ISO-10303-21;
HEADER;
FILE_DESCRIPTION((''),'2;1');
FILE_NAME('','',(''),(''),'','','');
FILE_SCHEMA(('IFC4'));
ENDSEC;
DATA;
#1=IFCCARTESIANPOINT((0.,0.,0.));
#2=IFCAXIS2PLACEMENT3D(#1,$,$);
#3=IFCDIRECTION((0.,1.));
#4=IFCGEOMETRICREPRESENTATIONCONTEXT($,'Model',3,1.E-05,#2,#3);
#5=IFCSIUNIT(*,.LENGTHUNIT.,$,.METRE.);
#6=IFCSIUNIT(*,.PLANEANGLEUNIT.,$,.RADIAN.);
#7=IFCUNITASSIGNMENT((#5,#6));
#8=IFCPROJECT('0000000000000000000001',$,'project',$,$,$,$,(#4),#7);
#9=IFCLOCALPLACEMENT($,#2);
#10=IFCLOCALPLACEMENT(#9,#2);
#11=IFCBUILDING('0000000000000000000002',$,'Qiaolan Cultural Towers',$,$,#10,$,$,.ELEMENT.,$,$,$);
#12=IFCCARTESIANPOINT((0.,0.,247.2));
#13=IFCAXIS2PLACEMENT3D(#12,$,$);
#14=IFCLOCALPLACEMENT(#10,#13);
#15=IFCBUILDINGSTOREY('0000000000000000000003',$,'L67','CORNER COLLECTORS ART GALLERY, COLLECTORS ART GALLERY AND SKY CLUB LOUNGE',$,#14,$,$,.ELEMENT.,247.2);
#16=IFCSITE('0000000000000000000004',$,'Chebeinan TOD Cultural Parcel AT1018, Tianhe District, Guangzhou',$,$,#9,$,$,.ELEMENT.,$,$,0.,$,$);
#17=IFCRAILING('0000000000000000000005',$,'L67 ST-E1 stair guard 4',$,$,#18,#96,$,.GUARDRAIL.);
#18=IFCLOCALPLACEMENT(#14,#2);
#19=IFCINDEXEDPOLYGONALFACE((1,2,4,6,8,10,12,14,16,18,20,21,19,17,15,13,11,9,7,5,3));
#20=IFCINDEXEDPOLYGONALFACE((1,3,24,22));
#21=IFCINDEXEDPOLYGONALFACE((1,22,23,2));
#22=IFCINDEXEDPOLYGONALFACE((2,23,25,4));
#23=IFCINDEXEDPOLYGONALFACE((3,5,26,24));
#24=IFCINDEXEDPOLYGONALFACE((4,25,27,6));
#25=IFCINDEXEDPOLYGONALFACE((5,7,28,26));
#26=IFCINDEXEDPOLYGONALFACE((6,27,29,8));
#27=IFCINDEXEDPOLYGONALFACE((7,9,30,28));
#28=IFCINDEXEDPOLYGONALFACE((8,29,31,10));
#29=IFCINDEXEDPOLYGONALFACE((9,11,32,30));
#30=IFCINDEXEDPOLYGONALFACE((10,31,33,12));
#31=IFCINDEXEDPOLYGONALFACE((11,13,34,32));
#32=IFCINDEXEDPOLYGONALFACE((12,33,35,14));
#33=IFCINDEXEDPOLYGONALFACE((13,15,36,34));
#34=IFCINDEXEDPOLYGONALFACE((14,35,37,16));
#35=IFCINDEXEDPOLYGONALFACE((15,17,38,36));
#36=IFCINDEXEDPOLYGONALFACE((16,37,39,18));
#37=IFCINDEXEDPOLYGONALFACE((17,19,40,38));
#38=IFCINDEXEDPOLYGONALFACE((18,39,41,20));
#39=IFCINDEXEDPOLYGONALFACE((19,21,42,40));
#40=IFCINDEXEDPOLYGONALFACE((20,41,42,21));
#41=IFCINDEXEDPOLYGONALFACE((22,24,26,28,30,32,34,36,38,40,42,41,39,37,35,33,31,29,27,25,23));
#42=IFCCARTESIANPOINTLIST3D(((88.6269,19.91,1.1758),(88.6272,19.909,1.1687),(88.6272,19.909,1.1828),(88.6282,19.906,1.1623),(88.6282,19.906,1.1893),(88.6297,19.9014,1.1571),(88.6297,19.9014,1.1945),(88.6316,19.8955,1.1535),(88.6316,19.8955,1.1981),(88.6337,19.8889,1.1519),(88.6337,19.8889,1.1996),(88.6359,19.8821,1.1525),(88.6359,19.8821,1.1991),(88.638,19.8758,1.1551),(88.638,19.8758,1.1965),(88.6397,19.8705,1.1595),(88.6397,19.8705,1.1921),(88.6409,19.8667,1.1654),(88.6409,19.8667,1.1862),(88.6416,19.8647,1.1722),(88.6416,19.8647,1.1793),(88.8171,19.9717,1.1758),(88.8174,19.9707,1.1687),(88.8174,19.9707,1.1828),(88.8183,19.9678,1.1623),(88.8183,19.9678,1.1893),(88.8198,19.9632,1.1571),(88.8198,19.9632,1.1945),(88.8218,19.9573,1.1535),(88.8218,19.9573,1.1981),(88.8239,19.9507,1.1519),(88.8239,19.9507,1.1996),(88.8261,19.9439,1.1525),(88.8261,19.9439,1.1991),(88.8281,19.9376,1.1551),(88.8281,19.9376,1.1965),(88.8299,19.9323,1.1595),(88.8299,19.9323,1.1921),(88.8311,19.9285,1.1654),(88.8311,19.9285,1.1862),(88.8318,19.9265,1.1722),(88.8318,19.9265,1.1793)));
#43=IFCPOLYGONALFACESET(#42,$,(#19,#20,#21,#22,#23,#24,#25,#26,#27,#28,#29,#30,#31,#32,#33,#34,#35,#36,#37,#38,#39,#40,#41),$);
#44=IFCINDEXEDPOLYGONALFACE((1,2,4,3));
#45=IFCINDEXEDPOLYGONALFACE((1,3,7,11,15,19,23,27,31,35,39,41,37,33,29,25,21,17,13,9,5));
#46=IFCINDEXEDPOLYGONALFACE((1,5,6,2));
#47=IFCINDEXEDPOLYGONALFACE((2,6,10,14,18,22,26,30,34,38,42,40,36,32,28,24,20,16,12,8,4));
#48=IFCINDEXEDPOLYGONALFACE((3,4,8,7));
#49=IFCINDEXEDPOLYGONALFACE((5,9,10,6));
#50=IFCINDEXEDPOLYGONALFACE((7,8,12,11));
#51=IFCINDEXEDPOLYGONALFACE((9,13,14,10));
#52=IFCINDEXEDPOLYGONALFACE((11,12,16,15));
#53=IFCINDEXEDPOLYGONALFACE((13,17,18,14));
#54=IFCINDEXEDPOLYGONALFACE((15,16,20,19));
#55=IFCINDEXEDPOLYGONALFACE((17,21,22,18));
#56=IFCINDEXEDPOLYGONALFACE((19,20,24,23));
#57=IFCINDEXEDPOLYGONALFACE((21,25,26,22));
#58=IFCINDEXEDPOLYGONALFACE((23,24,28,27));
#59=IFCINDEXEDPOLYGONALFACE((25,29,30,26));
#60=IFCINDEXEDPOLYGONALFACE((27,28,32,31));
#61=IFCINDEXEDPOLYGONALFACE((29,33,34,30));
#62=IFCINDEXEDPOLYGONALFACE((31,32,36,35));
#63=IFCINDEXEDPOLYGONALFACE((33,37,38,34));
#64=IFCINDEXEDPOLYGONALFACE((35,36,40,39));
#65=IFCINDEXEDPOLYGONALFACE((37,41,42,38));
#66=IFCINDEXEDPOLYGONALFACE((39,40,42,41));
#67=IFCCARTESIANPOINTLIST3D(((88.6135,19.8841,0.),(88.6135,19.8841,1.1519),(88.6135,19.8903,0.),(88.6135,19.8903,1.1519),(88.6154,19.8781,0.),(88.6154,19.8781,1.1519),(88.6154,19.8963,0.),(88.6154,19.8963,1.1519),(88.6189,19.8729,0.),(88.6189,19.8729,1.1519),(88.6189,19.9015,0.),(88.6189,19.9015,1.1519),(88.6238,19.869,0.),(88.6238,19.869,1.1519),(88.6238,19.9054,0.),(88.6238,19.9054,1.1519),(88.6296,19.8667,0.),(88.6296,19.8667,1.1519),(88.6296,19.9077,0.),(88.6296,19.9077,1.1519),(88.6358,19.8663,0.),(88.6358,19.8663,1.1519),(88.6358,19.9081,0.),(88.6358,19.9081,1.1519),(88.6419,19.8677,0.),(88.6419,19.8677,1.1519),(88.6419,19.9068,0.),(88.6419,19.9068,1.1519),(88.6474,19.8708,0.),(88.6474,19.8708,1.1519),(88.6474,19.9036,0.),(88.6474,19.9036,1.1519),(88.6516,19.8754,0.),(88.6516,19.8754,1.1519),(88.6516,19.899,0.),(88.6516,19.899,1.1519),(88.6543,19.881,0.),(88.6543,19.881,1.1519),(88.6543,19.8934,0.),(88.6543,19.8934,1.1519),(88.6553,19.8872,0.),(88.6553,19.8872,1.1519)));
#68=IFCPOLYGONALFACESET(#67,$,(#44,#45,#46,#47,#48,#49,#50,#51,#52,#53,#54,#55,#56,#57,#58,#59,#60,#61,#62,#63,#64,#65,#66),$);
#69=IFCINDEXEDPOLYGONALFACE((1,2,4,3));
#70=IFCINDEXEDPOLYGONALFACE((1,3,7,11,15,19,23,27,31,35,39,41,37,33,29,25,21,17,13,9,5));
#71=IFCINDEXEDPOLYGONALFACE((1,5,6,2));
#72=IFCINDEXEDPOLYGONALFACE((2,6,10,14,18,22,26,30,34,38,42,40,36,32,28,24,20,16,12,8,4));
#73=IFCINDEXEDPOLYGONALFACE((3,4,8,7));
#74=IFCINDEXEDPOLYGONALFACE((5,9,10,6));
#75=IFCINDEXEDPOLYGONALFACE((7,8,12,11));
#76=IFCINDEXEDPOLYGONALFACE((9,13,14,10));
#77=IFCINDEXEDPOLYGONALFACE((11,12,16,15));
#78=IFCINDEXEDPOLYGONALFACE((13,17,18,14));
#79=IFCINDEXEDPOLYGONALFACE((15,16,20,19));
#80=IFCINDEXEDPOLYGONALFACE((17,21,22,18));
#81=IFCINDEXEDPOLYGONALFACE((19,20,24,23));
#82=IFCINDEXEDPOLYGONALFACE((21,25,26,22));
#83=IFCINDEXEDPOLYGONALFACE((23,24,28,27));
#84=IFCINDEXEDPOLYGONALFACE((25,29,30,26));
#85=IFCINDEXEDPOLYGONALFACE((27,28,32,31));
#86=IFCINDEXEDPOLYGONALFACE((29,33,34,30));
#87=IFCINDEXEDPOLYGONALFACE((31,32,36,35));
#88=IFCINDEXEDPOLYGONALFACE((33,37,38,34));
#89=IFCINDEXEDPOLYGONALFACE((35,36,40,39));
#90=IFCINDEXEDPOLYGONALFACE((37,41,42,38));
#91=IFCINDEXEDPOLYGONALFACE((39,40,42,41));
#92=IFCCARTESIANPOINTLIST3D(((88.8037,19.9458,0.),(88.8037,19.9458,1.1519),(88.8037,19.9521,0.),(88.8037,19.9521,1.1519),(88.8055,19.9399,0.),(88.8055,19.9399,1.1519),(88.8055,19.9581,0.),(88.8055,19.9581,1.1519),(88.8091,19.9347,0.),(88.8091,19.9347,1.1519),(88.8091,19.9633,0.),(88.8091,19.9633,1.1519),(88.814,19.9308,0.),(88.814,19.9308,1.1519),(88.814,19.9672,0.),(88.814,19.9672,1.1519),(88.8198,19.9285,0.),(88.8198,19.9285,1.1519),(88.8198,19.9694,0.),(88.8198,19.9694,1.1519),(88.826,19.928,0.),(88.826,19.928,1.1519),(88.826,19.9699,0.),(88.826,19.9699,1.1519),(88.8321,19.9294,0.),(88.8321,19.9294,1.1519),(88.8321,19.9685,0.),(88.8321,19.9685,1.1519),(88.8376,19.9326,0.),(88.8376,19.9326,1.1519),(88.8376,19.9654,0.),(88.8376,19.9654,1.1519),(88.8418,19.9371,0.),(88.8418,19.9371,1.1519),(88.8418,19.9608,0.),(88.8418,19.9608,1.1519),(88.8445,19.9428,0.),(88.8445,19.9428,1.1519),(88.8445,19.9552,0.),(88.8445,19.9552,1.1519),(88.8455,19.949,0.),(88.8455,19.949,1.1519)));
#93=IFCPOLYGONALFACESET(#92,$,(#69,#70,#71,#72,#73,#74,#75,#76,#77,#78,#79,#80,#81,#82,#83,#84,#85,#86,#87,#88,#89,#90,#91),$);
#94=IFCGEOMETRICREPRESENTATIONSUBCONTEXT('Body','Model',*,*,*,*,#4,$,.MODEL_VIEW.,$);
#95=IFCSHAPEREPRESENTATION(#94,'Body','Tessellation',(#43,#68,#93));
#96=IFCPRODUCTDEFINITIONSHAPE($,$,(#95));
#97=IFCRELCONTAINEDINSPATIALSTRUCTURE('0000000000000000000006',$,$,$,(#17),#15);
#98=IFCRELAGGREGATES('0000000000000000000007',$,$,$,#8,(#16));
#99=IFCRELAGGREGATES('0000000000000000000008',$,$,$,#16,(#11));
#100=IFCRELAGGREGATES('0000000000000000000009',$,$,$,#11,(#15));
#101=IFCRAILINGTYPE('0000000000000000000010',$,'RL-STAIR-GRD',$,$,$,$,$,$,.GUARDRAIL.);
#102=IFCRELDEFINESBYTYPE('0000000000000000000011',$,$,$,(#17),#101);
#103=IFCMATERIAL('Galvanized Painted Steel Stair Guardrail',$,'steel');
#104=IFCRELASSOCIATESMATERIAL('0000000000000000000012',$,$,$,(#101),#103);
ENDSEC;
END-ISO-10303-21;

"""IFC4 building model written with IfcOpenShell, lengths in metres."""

from ifc_helpers import new_model, si_unit, direction, frame, origin, origin_2d, place, context, subcontext, project, spatial, circle, extrude, material, type_object, element, save


model = new_model("IFC4")

# Units and contexts
model_context = context("Model", 3, precision=1e-05, world=origin(), true_north=direction((0.0, 1.0)))
body_context = subcontext(model_context, "Body", "Model", "MODEL_VIEW")
ifc_project = project(units=[si_unit("LENGTHUNIT", "METRE"), si_unit("PLANEANGLEUNIT", "RADIAN")], contexts=[model_context])

# Site, building, storey
site_placement = place(None, origin())
site = spatial("IfcSite", under=ifc_project, at=site_placement, Name="Chebeinan TOD Cultural Parcel AT1018, Tianhe District, Guangzhou", CompositionType="ELEMENT", RefElevation=0.0)
building_placement = place(site_placement, origin())
building = spatial("IfcBuilding", under=site, at=building_placement, Name="Qiaolan Cultural Towers", CompositionType="ELEMENT")
storey_placement = place(building_placement, frame((0.0, 0.0, 247.2)))
storey = spatial("IfcBuildingStorey", under=building, at=storey_placement, Name="L67", Description="CORNER COLLECTORS ART GALLERY, COLLECTORS ART GALLERY AND SKY CLUB LOUNGE", CompositionType="ELEMENT", Elevation=247.2)

# Railing
ifc_material_1 = material(Name="Galvanized Painted Steel Stair Guardrail", Category="steel")
railing_type_1 = type_object("IfcRailingType", Name="RL-STAIR-GRD", PredefinedType="GUARDRAIL", material=ifc_material_1)
railing_1_placement = place(storey_placement, frame((88.6343, 19.8872, 0.0)))
element("IfcRailing", 1, at=railing_1_placement, inside=storey, type_object=railing_type_1, Name="L67 ST-E1 stair guard 4", PredefinedType="GUARDRAIL", context=body_context, shape_type="SweptSolid", body=[
    extrude(circle(Radius=0.0239, at=origin_2d()), frame((0.0, 0.0, 1.1758), z_axis=(0.951097, 0.308893, 0.0), x_axis=(-0.308893, 0.951097, 0.0)), (0.0, 0.0, 1.0), 0.2),
    extrude(circle(Radius=0.021, at=origin_2d()), origin(), (0.0, 0.0, 1.0), 1.1519),
    extrude(circle(Radius=0.021, at=origin_2d()), frame((0.1902, 0.0618, 0.0)), (0.0, 0.0, 1.0), 1.1519),
])

save(model, "model.ifc")
